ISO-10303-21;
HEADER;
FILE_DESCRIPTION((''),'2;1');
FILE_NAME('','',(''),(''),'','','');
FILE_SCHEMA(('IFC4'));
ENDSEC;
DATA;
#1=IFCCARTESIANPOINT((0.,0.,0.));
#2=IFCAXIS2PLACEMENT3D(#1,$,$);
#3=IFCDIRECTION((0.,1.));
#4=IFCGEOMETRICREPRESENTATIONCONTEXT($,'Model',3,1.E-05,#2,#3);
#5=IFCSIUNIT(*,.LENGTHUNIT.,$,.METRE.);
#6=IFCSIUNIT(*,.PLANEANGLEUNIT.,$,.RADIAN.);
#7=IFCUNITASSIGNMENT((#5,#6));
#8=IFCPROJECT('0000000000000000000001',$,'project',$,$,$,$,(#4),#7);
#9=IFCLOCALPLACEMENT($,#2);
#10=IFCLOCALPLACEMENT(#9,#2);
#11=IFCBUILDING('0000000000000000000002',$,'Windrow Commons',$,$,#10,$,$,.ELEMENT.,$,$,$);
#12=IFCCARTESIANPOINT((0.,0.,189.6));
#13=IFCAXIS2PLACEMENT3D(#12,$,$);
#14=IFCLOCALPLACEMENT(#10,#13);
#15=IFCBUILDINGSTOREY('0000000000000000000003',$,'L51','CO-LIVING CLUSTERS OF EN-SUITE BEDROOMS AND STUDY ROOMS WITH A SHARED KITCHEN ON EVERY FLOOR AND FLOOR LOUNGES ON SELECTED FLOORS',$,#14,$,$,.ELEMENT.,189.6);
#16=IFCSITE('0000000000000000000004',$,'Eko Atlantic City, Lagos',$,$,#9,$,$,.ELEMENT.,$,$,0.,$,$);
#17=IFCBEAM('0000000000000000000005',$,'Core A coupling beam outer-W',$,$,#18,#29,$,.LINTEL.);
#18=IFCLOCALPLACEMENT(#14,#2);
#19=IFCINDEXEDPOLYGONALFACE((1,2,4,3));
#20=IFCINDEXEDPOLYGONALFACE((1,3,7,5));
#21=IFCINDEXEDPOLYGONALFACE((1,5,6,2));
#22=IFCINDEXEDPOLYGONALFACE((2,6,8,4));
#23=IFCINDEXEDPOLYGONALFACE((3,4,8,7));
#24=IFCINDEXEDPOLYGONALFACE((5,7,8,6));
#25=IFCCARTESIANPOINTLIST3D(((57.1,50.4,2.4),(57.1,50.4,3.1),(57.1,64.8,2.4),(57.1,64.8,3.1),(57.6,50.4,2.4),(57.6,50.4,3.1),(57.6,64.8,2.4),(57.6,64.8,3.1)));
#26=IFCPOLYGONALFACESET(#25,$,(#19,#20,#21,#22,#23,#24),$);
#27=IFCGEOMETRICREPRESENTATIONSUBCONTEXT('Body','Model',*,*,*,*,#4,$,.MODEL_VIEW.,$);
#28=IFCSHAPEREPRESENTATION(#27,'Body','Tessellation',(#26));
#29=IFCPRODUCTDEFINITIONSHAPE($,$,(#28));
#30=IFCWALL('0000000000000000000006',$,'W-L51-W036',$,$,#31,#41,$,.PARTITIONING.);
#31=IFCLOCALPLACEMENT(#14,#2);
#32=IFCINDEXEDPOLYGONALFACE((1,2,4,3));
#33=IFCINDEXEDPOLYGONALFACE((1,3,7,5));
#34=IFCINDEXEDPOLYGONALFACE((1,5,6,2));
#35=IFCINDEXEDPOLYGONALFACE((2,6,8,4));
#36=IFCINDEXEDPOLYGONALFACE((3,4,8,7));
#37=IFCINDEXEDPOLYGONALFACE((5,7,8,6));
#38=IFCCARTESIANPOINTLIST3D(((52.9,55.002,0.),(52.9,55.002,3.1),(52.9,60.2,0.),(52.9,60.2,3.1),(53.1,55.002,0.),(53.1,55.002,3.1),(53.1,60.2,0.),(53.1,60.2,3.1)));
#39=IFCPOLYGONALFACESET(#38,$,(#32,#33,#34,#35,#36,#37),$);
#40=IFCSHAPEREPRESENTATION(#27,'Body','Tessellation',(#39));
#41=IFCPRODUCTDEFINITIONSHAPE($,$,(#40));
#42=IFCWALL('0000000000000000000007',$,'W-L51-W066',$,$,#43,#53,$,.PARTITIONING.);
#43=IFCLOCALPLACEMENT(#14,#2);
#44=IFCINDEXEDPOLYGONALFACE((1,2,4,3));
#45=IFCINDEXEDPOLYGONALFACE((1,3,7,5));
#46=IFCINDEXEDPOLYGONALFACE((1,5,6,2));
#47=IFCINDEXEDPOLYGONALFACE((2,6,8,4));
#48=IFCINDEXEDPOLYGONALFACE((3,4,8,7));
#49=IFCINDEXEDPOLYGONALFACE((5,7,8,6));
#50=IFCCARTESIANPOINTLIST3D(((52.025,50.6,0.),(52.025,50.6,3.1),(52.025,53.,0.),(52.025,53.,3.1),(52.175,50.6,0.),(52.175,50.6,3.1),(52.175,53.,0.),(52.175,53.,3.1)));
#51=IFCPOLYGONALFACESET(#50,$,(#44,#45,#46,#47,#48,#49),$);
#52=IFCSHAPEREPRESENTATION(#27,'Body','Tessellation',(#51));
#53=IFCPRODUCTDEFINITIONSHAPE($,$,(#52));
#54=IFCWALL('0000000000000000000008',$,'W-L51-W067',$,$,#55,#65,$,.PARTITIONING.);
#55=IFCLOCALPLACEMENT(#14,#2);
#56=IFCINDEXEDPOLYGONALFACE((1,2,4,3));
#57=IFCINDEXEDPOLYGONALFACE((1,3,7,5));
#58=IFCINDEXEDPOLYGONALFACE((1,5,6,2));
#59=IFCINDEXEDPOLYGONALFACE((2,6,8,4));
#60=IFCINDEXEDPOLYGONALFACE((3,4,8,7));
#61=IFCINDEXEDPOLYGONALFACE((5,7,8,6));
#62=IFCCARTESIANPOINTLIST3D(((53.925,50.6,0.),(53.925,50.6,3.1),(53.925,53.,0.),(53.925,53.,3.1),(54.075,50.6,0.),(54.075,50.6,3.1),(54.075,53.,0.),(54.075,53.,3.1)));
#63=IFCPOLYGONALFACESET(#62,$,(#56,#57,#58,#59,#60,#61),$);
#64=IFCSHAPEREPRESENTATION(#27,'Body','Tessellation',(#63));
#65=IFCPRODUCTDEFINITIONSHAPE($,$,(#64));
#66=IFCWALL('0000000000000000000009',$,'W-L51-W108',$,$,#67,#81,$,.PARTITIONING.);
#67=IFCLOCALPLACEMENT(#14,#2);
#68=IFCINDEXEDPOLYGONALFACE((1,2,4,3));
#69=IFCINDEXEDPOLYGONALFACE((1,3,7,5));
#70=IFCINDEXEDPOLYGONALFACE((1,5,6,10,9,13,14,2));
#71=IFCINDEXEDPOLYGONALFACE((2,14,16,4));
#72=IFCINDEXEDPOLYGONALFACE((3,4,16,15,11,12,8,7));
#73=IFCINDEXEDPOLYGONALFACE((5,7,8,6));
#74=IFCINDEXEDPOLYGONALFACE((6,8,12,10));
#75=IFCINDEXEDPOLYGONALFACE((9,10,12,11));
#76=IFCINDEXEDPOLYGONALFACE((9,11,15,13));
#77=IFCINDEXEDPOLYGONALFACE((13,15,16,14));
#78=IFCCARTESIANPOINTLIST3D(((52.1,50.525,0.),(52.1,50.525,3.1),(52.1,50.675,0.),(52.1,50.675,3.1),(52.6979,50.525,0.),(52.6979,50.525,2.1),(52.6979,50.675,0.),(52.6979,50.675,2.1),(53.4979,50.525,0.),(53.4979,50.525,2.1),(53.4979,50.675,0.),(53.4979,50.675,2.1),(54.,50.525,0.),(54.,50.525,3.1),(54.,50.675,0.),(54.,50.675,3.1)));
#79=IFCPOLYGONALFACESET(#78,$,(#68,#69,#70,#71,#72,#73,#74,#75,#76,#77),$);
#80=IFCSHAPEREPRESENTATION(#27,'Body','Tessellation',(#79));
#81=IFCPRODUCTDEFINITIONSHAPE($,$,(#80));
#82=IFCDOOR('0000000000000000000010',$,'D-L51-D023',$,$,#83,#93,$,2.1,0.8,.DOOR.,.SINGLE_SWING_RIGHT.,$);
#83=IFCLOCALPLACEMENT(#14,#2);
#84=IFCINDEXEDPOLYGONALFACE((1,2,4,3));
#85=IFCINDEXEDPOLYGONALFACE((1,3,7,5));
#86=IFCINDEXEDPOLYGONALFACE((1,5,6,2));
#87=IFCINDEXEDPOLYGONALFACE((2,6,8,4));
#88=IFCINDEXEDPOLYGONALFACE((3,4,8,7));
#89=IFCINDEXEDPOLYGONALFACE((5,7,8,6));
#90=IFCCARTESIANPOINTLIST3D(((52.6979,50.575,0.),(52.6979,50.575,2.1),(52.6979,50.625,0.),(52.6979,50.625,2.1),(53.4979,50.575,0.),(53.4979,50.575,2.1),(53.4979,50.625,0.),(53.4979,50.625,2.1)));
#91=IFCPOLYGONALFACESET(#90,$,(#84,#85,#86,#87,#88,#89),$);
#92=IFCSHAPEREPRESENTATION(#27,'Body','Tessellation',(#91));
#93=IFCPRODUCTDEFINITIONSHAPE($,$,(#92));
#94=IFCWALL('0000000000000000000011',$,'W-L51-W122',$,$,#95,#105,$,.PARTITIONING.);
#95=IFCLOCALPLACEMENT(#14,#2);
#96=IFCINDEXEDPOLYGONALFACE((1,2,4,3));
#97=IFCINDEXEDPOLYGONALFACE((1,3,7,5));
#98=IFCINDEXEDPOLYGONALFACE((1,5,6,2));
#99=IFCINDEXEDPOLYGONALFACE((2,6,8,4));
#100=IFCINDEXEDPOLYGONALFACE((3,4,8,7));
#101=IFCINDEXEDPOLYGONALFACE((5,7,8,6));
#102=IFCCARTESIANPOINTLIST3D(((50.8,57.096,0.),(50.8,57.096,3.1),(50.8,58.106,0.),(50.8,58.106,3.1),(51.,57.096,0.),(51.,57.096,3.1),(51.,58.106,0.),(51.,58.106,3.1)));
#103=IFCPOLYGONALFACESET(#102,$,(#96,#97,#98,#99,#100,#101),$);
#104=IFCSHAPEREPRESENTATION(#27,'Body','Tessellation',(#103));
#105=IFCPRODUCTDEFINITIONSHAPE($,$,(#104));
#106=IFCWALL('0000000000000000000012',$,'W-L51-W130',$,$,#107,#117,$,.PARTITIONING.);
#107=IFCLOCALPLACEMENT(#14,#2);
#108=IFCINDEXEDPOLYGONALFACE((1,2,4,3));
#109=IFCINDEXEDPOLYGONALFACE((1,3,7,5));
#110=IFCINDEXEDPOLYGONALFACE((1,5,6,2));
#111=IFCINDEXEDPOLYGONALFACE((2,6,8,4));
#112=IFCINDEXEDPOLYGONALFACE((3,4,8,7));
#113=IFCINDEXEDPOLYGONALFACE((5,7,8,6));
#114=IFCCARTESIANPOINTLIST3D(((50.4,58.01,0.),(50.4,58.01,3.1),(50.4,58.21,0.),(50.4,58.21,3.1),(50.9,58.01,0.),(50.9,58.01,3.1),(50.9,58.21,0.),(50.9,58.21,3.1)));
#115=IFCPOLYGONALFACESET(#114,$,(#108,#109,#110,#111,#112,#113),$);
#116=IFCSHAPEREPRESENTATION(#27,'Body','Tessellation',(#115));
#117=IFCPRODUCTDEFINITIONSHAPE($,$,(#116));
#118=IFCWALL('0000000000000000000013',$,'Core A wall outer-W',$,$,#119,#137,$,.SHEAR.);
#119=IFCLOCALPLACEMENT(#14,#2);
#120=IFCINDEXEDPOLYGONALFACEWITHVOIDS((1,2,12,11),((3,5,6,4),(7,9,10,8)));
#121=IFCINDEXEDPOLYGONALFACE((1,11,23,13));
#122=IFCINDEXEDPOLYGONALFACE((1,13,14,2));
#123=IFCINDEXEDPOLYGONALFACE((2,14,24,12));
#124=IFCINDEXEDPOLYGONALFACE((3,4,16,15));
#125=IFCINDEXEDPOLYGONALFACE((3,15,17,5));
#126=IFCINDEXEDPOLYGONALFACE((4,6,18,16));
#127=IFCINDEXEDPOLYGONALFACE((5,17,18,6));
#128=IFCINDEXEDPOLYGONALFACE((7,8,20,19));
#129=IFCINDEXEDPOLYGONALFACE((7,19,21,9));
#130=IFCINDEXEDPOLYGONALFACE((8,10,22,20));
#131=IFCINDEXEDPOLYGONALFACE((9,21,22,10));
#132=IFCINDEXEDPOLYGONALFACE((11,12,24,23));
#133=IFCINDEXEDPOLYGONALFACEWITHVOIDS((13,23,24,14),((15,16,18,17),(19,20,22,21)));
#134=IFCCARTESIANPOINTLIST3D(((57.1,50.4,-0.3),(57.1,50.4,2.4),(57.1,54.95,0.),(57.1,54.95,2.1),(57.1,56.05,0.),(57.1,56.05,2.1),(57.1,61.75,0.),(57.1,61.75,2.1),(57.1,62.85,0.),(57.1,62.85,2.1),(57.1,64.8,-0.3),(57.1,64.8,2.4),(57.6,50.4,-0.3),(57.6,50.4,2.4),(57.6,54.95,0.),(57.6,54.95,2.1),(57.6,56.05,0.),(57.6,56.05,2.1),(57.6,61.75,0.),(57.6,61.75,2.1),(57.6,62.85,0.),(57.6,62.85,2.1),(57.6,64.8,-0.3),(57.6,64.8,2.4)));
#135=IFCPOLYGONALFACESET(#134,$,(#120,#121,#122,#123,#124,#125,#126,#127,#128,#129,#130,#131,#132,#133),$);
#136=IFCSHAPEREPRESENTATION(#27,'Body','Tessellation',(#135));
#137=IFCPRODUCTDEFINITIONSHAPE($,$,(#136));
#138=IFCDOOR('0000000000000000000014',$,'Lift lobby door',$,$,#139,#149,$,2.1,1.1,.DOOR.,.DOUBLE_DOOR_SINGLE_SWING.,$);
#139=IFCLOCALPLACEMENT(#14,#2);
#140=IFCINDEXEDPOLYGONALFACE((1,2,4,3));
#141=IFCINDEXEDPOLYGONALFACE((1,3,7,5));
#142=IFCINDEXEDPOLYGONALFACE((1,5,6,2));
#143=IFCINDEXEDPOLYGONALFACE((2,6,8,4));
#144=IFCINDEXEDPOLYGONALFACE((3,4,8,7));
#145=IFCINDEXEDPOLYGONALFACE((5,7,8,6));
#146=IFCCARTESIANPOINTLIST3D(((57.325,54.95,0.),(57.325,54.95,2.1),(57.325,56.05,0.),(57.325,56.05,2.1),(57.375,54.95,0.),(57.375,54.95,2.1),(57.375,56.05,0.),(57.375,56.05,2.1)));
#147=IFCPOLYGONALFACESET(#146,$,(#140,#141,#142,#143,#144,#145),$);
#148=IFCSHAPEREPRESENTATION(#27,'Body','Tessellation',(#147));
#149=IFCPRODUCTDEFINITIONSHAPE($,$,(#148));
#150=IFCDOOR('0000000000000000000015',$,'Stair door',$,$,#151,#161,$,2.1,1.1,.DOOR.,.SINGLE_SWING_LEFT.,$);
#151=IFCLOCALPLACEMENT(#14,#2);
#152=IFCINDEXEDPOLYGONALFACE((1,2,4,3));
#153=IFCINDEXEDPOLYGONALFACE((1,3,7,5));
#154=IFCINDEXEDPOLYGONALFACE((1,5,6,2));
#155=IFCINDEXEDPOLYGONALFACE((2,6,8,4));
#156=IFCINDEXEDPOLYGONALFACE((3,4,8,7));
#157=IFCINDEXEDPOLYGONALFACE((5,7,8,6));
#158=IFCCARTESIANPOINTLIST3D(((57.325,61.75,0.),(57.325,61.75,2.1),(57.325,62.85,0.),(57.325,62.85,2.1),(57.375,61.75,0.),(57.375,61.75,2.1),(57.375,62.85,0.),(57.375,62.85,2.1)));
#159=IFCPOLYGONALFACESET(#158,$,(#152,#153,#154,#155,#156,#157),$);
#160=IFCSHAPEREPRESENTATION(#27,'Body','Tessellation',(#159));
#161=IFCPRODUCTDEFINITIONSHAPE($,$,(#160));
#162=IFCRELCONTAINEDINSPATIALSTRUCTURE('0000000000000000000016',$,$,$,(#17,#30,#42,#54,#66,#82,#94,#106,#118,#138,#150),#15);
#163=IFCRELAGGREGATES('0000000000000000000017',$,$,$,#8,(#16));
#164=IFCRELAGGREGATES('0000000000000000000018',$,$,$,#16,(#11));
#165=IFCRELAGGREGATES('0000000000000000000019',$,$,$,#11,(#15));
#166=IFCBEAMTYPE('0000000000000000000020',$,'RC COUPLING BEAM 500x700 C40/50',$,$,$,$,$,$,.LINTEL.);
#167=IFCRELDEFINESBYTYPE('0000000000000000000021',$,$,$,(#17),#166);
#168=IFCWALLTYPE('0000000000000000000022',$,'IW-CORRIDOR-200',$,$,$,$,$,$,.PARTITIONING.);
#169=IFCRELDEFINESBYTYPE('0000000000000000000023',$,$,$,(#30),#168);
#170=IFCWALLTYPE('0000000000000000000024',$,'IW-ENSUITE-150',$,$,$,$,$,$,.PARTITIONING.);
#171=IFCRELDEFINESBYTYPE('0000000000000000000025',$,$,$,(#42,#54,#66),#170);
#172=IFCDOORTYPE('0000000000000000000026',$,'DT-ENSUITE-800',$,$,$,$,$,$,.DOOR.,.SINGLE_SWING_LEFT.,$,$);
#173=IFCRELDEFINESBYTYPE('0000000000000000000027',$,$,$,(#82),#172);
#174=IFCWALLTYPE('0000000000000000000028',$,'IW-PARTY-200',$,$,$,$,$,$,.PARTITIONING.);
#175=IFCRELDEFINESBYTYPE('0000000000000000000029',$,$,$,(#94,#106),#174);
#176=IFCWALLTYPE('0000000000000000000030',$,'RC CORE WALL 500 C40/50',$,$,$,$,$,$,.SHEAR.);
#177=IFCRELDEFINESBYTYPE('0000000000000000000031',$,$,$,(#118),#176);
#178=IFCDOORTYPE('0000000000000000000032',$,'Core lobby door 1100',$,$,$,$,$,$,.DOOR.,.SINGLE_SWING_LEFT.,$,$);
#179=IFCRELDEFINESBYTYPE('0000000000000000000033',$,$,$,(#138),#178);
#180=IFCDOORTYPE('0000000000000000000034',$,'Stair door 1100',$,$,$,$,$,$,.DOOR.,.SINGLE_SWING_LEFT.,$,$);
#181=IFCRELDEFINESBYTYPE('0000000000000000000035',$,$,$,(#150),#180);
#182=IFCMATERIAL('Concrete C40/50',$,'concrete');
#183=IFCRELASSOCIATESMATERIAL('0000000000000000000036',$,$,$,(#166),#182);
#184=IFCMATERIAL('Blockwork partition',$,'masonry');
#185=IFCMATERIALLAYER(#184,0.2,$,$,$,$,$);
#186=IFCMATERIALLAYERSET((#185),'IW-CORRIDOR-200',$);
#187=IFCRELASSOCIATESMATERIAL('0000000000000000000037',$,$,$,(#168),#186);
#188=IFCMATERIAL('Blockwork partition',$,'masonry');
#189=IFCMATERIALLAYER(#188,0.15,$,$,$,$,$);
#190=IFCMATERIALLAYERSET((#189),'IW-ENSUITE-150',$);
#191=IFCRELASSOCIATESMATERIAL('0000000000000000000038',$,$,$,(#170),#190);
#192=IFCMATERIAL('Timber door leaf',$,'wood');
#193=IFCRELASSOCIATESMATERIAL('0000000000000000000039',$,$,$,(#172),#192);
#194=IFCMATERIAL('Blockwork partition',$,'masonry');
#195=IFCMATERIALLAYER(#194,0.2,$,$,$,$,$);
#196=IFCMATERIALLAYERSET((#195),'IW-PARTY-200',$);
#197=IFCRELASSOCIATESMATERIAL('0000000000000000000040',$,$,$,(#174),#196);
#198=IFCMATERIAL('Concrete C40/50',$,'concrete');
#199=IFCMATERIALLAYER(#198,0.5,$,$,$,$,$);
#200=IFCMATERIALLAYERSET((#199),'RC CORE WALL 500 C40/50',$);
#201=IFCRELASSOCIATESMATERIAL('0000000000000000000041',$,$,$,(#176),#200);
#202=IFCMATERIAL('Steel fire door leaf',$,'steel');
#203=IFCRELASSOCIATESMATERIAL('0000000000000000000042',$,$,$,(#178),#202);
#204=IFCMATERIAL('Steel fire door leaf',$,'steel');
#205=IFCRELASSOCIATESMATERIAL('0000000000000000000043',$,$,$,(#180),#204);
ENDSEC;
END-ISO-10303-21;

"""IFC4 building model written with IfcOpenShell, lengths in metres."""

from ifc_helpers import new_model, si_unit, direction, frame, frame_2d, origin, origin_2d, place, context, subcontext, project, spatial, rectangle, extrude, material, layer, layer_set, material_profile, profile_set, type_object, element, fill, save


model = new_model("IFC4")

# Units and contexts
model_context = context("Model", 3, precision=1e-05, world=origin(), true_north=direction((0.0, 1.0)))
body_context = subcontext(model_context, "Body", "Model", "MODEL_VIEW")
ifc_project = project(units=[si_unit("LENGTHUNIT", "METRE"), si_unit("PLANEANGLEUNIT", "RADIAN")], contexts=[model_context])

# Site, building, storey
site_placement = place(None, origin())
site = spatial("IfcSite", under=ifc_project, at=site_placement, Name="Eko Atlantic City, Lagos", CompositionType="ELEMENT", RefElevation=0.0)
building_placement = place(site_placement, origin())
building = spatial("IfcBuilding", under=site, at=building_placement, Name="Windrow Commons", CompositionType="ELEMENT")
storey_placement = place(building_placement, frame((0.0, 0.0, 189.6)))
storey = spatial("IfcBuildingStorey", under=building, at=storey_placement, Name="L51", Description="CO-LIVING CLUSTERS OF EN-SUITE BEDROOMS AND STUDY ROOMS WITH A SHARED KITCHEN ON EVERY FLOOR AND FLOOR LOUNGES ON SELECTED FLOORS", CompositionType="ELEMENT", Elevation=189.6)

# Beam
ifc_material_1 = material(Name="Concrete C40/50", Category="concrete")
ifc_material_profile = material_profile(ifc_material_1, rectangle(XDim=0.5, YDim=0.7, at=origin_2d()))
ifc_profile_set = profile_set([ifc_material_profile], Name="Concrete C40/50")
beam_type = type_object("IfcBeamType", Name="RC COUPLING BEAM 500x700 C40/50", PredefinedType="LINTEL", material=ifc_profile_set)
beam_placement = place(storey_placement, frame((57.35, 50.4, 2.75), z_axis=(0.0, 1.0, 0.0), x_axis=(-1.0, 0.0, 0.0)))
element("IfcBeam", 1, at=beam_placement, inside=storey, type_object=beam_type, Name="Core A coupling beam outer-W", PredefinedType="LINTEL", context=body_context, shape_type="SweptSolid", body=[
    extrude(rectangle(XDim=0.5, YDim=0.7, at=origin_2d()), origin(), (0.0, 0.0, 1.0), 14.4),
])

# Walls
ifc_material_2 = material(Name="Blockwork partition", Category="masonry")
ifc_layer_1 = layer(ifc_material_2, 0.2)
ifc_layer_set_1 = layer_set([ifc_layer_1], Name="IW-CORRIDOR-200")
wall_type_1 = type_object("IfcWallType", Name="IW-CORRIDOR-200", PredefinedType="PARTITIONING", material=ifc_layer_set_1)
wall_1_placement = place(storey_placement, frame((53.0, 55.002, 0.0), z_axis=(0.0, 0.0, 1.0), x_axis=(0.0, 1.0, 0.0)))
element("IfcWall", 2, at=wall_1_placement, inside=storey, type_object=wall_type_1, Name="W-L51-W036", PredefinedType="PARTITIONING", context=body_context, shape_type="SweptSolid", body=[
    extrude(rectangle(XDim=5.198, YDim=0.2, at=frame_2d((2.599, 0.0))), origin(), (0.0, 0.0, 1.0), 3.1),
])
ifc_material_3 = material(Name="Blockwork partition", Category="masonry")
ifc_layer_2 = layer(ifc_material_3, 0.15)
ifc_layer_set_2 = layer_set([ifc_layer_2], Name="IW-ENSUITE-150")
wall_type_2 = type_object("IfcWallType", Name="IW-ENSUITE-150", PredefinedType="PARTITIONING", material=ifc_layer_set_2)
for number, where, z_axis, x_axis, name in (
    (3, (52.1, 50.6, 0.0), (0.0, 0.0, 1.0), (0.0, 1.0, 0.0), "W-L51-W066"),
    (4, (54.0, 50.6, 0.0), (0.0, 0.0, 1.0), (0.0, 1.0, 0.0), "W-L51-W067"),
):
    element("IfcWall", number, at=place(storey_placement, frame(where, z_axis=z_axis, x_axis=x_axis)), inside=storey, type_object=wall_type_2, Name=name, PredefinedType="PARTITIONING", context=body_context, shape_type="SweptSolid", body=[
        extrude(rectangle(XDim=2.4, YDim=0.15, at=frame_2d((1.2, 0.0))), origin(), (0.0, 0.0, 1.0), 3.1),
    ])

# Wall, opening, door
wall_2_placement = place(storey_placement, frame((52.1, 50.6, 0.0), z_axis=(0.0, 0.0, 1.0), x_axis=(1.0, 0.0, 0.0)))
wall_2 = element("IfcWall", 5, at=wall_2_placement, inside=storey, type_object=wall_type_2, Name="W-L51-W108", PredefinedType="PARTITIONING", context=body_context, shape_type="SweptSolid", body=[
    extrude(rectangle(XDim=1.9, YDim=0.15, at=frame_2d((0.95, 0.0))), origin(), (0.0, 0.0, 1.0), 3.1),
])
opening_1_placement = place(wall_2_placement, frame((0.5979, 0.0, 0.0)))
opening_1 = element("IfcOpeningElement", 6, at=opening_1_placement, cuts=wall_2, PredefinedType="OPENING", context=body_context, shape_type="SweptSolid", body=[
    extrude(rectangle(XDim=0.8, YDim=2.1, at=frame_2d((0.4, 1.05))), frame((0.0, 0.085, 0.0), z_axis=(0.0, -1.0, 0.0), x_axis=(1.0, 0.0, 0.0)), (0.0, 0.0, 1.0), 0.17),
])
ifc_material_4 = material(Name="Timber door leaf", Category="wood")
door_type_1 = type_object("IfcDoorType", Name="DT-ENSUITE-800", OperationType="SINGLE_SWING_LEFT", PredefinedType="DOOR", material=ifc_material_4)
door_1_placement = place(opening_1_placement, origin())
door_1 = element("IfcDoor", 7, at=door_1_placement, inside=storey, type_object=door_type_1, Name="D-L51-D023", OperationType="SINGLE_SWING_RIGHT", OverallHeight=2.1, OverallWidth=0.8, PredefinedType="DOOR", context=body_context, shape_type="SweptSolid", body=[
    extrude(rectangle(XDim=0.8, YDim=2.1, at=frame_2d((0.4, 1.05))), frame((0.0, 0.025, 0.0), z_axis=(0.0, -1.0, 0.0), x_axis=(1.0, 0.0, 0.0)), (0.0, 0.0, 1.0), 0.05),
])
fill(opening_1, door_1)

# Walls
ifc_material_5 = material(Name="Blockwork partition", Category="masonry")
ifc_layer_3 = layer(ifc_material_5, 0.2)
ifc_layer_set_3 = layer_set([ifc_layer_3], Name="IW-PARTY-200")
wall_type_3 = type_object("IfcWallType", Name="IW-PARTY-200", PredefinedType="PARTITIONING", material=ifc_layer_set_3)
wall_3_placement = place(storey_placement, frame((50.9, 57.096, 0.0), z_axis=(0.0, 0.0, 1.0), x_axis=(0.0, 1.0, 0.0)))
element("IfcWall", 8, at=wall_3_placement, inside=storey, type_object=wall_type_3, Name="W-L51-W122", PredefinedType="PARTITIONING", context=body_context, shape_type="SweptSolid", body=[
    extrude(rectangle(XDim=1.01, YDim=0.2, at=frame_2d((0.505, 0.0))), origin(), (0.0, 0.0, 1.0), 3.1),
])
wall_4_placement = place(storey_placement, frame((50.4, 58.11, 0.0), z_axis=(0.0, 0.0, 1.0), x_axis=(1.0, 0.0, 0.0)))
element("IfcWall", 9, at=wall_4_placement, inside=storey, type_object=wall_type_3, Name="W-L51-W130", PredefinedType="PARTITIONING", context=body_context, shape_type="SweptSolid", body=[
    extrude(rectangle(XDim=0.5, YDim=0.2, at=frame_2d((0.25, 0.0))), origin(), (0.0, 0.0, 1.0), 3.1),
])

# Wall, openings, doors
ifc_material_6 = material(Name="Concrete C40/50", Category="concrete")
ifc_layer_4 = layer(ifc_material_6, 0.5)
ifc_layer_set_4 = layer_set([ifc_layer_4], Name="RC CORE WALL 500 C40/50")
wall_type_4 = type_object("IfcWallType", Name="RC CORE WALL 500 C40/50", PredefinedType="SHEAR", material=ifc_layer_set_4)
wall_5_placement = place(storey_placement, frame((57.35, 50.4, -0.3), z_axis=(0.0, 0.0, 1.0), x_axis=(0.0, 1.0, 0.0)))
wall_5 = element("IfcWall", 10, at=wall_5_placement, inside=storey, type_object=wall_type_4, Name="Core A wall outer-W", PredefinedType="SHEAR", context=body_context, shape_type="SweptSolid", body=[
    extrude(rectangle(XDim=14.4, YDim=0.5, at=frame_2d((7.2, 0.0))), origin(), (0.0, 0.0, 1.0), 2.7),
])
opening_2_placement = place(wall_5_placement, frame((4.55, 0.0, 0.3)))
opening_2 = element("IfcOpeningElement", 11, at=opening_2_placement, cuts=wall_5, PredefinedType="OPENING", context=body_context, shape_type="SweptSolid", body=[
    extrude(rectangle(XDim=1.1, YDim=2.1, at=frame_2d((0.55, 1.05))), frame((0.0, 0.26, 0.0), z_axis=(0.0, -1.0, 0.0), x_axis=(1.0, 0.0, 0.0)), (0.0, 0.0, 1.0), 0.52),
])
opening_3_placement = place(wall_5_placement, frame((11.35, 0.0, 0.3)))
opening_3 = element("IfcOpeningElement", 12, at=opening_3_placement, cuts=wall_5, PredefinedType="OPENING", context=body_context, shape_type="SweptSolid", body=[
    extrude(rectangle(XDim=1.1, YDim=2.1, at=frame_2d((0.55, 1.05))), frame((0.0, 0.26, 0.0), z_axis=(0.0, -1.0, 0.0), x_axis=(1.0, 0.0, 0.0)), (0.0, 0.0, 1.0), 0.52),
])
ifc_material_7 = material(Name="Steel fire door leaf", Category="steel")
door_type_2 = type_object("IfcDoorType", Name="Core lobby door 1100", OperationType="SINGLE_SWING_LEFT", PredefinedType="DOOR", material=ifc_material_7)
door_2_placement = place(opening_2_placement, origin())
door_2 = element("IfcDoor", 13, at=door_2_placement, inside=storey, type_object=door_type_2, Name="Lift lobby door", OperationType="DOUBLE_DOOR_SINGLE_SWING", OverallHeight=2.1, OverallWidth=1.1, PredefinedType="DOOR", context=body_context, shape_type="SweptSolid", body=[
    extrude(rectangle(XDim=1.1, YDim=2.1, at=frame_2d((0.55, 1.05))), frame((0.0, 0.025, 0.0), z_axis=(0.0, -1.0, 0.0), x_axis=(1.0, 0.0, 0.0)), (0.0, 0.0, 1.0), 0.05),
])
fill(opening_2, door_2)
ifc_material_8 = material(Name="Steel fire door leaf", Category="steel")
door_type_3 = type_object("IfcDoorType", Name="Stair door 1100", OperationType="SINGLE_SWING_LEFT", PredefinedType="DOOR", material=ifc_material_8)
door_3_placement = place(opening_3_placement, origin())
door_3 = element("IfcDoor", 14, at=door_3_placement, inside=storey, type_object=door_type_3, Name="Stair door", OperationType="SINGLE_SWING_LEFT", OverallHeight=2.1, OverallWidth=1.1, PredefinedType="DOOR", context=body_context, shape_type="SweptSolid", body=[
    extrude(rectangle(XDim=1.1, YDim=2.1, at=frame_2d((0.55, 1.05))), frame((0.0, 0.025, 0.0), z_axis=(0.0, -1.0, 0.0), x_axis=(1.0, 0.0, 0.0)), (0.0, 0.0, 1.0), 0.05),
])
fill(opening_3, door_3)

save(model, "model.ifc")
